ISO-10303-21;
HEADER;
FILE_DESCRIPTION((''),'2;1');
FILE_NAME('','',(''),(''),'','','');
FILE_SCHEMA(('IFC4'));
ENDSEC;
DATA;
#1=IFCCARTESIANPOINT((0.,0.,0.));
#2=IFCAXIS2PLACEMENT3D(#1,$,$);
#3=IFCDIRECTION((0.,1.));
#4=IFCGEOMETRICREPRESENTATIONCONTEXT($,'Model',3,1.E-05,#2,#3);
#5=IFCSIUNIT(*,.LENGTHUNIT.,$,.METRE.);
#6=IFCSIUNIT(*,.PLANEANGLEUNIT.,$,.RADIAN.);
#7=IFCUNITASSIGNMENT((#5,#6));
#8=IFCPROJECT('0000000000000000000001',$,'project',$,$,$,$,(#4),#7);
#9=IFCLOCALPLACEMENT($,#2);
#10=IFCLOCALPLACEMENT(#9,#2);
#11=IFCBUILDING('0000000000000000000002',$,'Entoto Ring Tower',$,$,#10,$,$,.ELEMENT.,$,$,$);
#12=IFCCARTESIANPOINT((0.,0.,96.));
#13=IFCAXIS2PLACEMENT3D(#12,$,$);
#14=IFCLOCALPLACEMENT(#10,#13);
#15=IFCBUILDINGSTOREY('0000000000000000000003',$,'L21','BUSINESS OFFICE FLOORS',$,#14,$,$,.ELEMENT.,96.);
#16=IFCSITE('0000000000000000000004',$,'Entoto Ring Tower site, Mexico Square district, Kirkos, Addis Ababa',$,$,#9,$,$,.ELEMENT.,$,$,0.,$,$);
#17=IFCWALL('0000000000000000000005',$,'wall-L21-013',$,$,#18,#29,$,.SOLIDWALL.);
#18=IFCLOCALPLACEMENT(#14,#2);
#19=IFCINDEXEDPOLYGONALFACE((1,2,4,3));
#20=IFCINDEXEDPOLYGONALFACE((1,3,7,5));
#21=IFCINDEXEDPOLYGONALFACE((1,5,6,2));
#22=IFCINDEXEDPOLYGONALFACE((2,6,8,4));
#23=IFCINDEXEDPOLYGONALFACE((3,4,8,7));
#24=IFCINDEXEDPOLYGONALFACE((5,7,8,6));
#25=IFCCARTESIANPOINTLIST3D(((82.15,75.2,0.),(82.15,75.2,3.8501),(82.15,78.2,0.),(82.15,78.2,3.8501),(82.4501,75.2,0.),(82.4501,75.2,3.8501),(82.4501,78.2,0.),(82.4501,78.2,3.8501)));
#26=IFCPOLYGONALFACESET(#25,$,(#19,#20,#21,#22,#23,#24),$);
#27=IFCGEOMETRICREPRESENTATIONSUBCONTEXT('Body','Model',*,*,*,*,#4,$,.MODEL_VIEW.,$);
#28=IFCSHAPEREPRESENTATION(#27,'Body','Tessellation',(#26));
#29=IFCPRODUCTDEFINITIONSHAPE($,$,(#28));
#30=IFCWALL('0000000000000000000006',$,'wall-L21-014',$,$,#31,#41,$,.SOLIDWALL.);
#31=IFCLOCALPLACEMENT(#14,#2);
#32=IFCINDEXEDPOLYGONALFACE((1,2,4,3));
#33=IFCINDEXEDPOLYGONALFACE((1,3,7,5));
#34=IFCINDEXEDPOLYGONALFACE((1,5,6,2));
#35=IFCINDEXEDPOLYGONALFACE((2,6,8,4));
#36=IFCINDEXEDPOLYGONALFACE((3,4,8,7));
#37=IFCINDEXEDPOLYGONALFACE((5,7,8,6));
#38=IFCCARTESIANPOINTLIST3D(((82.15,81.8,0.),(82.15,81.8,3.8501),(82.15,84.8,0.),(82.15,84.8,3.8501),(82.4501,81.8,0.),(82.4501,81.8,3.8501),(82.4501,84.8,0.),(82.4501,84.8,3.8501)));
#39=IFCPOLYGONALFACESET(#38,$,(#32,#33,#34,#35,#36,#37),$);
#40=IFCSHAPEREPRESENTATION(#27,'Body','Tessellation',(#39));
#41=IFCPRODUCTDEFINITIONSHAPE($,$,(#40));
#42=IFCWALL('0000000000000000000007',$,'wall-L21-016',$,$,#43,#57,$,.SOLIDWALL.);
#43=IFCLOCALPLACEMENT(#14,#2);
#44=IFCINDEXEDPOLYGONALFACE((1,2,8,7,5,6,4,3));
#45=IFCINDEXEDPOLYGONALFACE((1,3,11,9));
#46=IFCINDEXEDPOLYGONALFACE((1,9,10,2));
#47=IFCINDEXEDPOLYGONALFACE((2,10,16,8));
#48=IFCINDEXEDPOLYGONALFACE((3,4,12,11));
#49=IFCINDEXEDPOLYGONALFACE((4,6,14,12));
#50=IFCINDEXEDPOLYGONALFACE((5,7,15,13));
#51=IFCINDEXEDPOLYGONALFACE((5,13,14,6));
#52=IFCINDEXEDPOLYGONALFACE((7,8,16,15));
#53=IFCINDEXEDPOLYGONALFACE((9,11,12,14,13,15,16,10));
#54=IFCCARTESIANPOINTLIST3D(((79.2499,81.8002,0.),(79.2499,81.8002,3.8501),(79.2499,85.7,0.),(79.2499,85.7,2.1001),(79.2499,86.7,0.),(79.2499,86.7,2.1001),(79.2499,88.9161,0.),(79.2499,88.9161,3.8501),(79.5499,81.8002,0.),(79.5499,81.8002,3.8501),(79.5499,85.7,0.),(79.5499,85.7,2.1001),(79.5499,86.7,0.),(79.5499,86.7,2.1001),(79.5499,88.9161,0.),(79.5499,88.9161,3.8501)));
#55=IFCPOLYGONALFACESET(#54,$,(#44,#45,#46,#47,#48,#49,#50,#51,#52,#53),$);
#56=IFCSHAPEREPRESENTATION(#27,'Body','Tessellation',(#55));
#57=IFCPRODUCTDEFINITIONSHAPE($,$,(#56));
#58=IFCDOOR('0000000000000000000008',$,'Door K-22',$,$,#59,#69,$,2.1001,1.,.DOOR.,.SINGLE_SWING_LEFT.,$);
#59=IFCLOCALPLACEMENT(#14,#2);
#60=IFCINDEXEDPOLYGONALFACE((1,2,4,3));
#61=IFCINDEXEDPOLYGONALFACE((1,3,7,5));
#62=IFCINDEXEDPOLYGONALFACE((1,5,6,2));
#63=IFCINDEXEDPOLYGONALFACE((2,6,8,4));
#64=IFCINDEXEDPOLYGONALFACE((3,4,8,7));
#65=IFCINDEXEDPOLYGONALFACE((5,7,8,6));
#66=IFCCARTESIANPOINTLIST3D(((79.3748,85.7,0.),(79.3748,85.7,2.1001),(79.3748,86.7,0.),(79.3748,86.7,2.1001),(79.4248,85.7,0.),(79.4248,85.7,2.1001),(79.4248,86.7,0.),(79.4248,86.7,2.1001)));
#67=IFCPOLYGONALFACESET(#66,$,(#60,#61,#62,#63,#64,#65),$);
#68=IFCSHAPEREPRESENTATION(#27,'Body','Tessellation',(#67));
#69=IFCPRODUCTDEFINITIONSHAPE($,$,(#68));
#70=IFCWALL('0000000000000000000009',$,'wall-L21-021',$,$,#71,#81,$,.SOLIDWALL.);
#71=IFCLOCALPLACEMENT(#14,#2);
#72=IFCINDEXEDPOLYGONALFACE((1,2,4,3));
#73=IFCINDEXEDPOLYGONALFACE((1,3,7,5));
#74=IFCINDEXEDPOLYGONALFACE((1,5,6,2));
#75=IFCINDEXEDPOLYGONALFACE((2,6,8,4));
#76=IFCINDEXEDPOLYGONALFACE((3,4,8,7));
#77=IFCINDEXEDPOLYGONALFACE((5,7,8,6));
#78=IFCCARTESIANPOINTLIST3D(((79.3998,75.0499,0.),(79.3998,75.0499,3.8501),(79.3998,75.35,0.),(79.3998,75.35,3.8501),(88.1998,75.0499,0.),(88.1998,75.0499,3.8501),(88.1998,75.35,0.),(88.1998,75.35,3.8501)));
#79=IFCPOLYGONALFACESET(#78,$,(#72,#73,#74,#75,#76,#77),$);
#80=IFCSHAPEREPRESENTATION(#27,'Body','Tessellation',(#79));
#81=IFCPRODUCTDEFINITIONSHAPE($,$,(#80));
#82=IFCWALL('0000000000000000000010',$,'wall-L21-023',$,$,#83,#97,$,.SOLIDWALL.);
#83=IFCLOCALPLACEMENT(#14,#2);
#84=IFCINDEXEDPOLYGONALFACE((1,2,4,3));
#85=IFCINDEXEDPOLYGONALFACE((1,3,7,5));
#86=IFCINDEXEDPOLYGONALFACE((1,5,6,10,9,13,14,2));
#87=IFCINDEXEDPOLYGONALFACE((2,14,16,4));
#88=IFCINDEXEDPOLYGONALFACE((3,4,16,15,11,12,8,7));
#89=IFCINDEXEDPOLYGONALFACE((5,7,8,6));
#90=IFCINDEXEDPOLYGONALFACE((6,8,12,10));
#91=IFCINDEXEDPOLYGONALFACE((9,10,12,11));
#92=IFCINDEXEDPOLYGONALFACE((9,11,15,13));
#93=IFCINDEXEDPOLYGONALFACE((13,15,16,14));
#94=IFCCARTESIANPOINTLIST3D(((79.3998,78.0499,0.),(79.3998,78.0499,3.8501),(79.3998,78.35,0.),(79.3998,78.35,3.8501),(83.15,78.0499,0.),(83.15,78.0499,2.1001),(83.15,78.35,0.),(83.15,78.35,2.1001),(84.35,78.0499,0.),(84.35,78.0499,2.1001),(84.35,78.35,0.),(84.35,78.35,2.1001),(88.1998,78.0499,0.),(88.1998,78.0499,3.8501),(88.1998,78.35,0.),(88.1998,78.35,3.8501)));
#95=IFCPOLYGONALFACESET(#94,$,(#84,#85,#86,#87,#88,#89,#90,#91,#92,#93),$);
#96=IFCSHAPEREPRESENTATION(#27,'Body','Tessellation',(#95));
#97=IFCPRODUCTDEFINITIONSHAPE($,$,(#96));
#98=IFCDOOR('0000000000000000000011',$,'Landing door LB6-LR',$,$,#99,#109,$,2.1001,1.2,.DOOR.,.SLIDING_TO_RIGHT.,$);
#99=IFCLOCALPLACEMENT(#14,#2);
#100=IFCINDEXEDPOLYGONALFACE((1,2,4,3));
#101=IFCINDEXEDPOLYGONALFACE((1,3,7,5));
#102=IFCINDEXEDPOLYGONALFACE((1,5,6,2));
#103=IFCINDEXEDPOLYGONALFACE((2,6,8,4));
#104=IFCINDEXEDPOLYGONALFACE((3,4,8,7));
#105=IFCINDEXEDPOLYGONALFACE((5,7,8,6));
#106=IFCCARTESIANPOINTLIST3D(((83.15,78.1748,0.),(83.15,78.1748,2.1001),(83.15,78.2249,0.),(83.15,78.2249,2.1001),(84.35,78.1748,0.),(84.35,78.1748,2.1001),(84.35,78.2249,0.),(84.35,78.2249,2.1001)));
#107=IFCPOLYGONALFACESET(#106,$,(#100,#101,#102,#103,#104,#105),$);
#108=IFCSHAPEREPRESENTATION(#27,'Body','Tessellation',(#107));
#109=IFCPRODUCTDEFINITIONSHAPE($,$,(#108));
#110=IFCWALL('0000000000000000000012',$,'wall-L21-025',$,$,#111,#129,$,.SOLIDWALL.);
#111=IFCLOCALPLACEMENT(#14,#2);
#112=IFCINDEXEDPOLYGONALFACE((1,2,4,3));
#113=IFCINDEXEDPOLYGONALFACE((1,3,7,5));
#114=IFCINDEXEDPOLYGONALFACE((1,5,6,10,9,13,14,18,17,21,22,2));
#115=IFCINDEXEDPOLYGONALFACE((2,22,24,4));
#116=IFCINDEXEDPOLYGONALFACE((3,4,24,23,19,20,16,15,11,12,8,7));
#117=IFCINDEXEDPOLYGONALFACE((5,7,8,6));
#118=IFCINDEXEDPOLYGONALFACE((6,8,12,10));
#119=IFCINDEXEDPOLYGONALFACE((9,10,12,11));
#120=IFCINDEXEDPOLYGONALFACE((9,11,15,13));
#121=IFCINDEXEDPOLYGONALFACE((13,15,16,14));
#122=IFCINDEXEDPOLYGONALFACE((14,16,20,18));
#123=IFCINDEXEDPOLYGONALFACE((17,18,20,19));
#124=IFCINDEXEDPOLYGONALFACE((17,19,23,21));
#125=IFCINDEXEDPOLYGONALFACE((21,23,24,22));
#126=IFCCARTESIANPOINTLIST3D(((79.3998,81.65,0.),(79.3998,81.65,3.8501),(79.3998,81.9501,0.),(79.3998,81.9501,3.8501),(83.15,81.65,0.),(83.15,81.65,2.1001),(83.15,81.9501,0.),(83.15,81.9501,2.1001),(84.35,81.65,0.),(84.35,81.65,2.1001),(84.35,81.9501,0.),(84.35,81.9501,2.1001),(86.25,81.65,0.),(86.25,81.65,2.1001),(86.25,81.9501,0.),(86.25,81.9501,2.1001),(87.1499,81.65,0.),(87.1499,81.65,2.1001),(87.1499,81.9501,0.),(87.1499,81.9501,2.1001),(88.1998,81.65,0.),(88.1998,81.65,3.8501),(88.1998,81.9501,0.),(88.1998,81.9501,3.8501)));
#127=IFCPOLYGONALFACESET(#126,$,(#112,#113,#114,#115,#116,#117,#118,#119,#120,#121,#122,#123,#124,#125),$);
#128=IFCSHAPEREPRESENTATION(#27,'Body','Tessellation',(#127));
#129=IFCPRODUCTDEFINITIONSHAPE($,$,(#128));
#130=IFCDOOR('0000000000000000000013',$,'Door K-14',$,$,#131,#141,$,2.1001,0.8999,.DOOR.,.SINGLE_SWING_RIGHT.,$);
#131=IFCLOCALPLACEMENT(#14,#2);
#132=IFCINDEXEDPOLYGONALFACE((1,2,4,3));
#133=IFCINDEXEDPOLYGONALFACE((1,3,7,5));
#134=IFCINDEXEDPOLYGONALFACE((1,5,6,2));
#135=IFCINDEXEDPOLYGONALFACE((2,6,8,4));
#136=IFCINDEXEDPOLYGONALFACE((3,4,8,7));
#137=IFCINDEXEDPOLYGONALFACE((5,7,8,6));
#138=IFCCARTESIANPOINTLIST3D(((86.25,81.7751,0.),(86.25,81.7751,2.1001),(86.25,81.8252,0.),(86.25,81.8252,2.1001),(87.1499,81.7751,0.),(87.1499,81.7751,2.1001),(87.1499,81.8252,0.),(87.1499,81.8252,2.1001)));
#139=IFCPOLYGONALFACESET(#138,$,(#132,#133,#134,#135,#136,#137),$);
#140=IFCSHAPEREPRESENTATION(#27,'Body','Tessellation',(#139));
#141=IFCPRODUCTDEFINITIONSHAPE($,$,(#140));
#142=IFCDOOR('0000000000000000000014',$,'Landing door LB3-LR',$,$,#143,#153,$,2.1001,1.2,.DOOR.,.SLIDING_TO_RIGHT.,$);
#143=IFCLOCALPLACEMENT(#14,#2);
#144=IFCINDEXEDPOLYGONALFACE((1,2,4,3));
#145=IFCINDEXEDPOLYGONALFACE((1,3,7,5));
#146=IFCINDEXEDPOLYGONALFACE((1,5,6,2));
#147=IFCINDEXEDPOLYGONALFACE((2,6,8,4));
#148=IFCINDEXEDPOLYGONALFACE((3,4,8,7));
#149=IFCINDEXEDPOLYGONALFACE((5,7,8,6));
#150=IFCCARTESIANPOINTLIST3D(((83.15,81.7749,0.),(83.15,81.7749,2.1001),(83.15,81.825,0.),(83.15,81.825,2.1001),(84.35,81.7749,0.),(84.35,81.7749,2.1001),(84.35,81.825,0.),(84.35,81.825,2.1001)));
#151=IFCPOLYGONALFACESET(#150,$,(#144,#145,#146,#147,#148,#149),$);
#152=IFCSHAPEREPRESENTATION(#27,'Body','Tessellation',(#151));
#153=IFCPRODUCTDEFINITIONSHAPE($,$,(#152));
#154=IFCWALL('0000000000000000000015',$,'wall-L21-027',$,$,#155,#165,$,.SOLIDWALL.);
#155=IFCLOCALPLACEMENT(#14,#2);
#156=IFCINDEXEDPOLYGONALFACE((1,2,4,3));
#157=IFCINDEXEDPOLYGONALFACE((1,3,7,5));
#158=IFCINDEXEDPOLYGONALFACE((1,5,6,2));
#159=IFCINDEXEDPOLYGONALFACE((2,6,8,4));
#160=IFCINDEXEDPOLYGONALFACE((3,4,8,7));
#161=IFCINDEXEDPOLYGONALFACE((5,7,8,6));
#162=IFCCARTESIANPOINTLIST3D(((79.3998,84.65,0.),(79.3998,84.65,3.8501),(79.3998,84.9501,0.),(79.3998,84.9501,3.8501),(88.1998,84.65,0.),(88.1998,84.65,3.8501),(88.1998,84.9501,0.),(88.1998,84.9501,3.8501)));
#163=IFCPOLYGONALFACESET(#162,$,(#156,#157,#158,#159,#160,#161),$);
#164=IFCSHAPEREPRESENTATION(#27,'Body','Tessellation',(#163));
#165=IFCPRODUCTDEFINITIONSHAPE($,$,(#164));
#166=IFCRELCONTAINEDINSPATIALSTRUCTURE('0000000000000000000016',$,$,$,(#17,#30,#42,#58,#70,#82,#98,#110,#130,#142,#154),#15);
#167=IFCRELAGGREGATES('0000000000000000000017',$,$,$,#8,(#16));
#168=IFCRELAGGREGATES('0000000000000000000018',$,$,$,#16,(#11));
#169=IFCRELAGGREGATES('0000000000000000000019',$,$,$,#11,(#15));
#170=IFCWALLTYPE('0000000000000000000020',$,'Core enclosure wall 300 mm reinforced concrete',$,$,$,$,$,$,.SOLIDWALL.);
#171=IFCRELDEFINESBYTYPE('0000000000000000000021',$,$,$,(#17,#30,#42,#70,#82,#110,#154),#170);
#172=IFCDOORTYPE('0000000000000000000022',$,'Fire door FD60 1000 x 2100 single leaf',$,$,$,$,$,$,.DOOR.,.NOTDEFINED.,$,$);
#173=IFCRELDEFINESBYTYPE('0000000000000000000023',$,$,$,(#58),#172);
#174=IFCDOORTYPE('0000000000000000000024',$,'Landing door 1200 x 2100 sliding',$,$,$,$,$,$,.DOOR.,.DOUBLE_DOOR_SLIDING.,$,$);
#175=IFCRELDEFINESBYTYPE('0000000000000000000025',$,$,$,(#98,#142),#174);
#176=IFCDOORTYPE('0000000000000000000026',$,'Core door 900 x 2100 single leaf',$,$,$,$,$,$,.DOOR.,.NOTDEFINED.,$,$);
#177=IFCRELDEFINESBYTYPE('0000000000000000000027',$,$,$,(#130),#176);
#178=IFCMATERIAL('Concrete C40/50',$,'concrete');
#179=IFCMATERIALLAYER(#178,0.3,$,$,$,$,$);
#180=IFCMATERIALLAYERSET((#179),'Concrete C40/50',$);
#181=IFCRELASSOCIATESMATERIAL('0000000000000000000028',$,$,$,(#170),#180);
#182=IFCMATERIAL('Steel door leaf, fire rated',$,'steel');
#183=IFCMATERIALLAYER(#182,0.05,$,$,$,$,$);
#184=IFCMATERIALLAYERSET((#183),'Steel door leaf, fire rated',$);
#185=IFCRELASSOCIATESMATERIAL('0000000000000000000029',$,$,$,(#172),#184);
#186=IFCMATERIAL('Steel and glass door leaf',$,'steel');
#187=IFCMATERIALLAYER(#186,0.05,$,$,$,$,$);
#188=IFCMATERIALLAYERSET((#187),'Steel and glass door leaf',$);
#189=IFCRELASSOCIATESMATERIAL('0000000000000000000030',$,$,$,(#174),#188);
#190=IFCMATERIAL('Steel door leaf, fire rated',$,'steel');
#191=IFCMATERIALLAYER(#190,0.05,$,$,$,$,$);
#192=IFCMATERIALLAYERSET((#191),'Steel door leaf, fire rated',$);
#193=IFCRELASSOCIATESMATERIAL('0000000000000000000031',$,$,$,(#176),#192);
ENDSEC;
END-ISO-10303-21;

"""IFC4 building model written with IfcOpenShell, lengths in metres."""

from ifc_helpers import new_model, si_unit, direction, frame, frame_2d, origin, place, context, subcontext, project, spatial, rectangle, extrude, material, layer, layer_set, type_object, element, fill, save


model = new_model("IFC4")

# Units and contexts
model_context = context("Model", 3, precision=1e-05, world=origin(), true_north=direction((0.0, 1.0)))
body_context = subcontext(model_context, "Body", "Model", "MODEL_VIEW")
ifc_project = project(units=[si_unit("LENGTHUNIT", "METRE"), si_unit("PLANEANGLEUNIT", "RADIAN")], contexts=[model_context])

# Site, building, storey
site_placement = place(None, origin())
site = spatial("IfcSite", under=ifc_project, at=site_placement, Name="Entoto Ring Tower site, Mexico Square district, Kirkos, Addis Ababa", CompositionType="ELEMENT", RefElevation=0.0)
building_placement = place(site_placement, origin())
building = spatial("IfcBuilding", under=site, at=building_placement, Name="Entoto Ring Tower", CompositionType="ELEMENT")
storey_placement = place(building_placement, frame((0.0, 0.0, 96.0)))
storey = spatial("IfcBuildingStorey", under=building, at=storey_placement, Name="L21", Description="BUSINESS OFFICE FLOORS", CompositionType="ELEMENT", Elevation=96.0)

# Walls
ifc_material_1 = material(Name="Concrete C40/50", Category="concrete")
ifc_layer_1 = layer(ifc_material_1, 0.3)
ifc_layer_set_1 = layer_set([ifc_layer_1], Name="Concrete C40/50")
wall_type_1 = type_object("IfcWallType", Name="Core enclosure wall 300 mm reinforced concrete", PredefinedType="SOLIDWALL", material=ifc_layer_set_1)
for number, where, z_axis, x_axis, name in (
    (1, (82.3, 75.2, 0.0), (0.0, 0.0, 1.0), (0.0, 1.0, 0.0), "wall-L21-013"),
    (2, (82.3, 81.8, 0.0), (0.0, 0.0, 1.0), (0.0, 1.0, 0.0), "wall-L21-014"),
):
    element("IfcWall", number, at=place(storey_placement, frame(where, z_axis=z_axis, x_axis=x_axis)), inside=storey, type_object=wall_type_1, Name=name, PredefinedType="SOLIDWALL", context=body_context, shape_type="SweptSolid", body=[
        extrude(rectangle(XDim=3.0, YDim=0.3, at=frame_2d((1.5, 0.0))), origin(), (0.0, 0.0, 1.0), 3.8501),
    ])

# Wall, opening, door
wall_1_placement = place(storey_placement, frame((79.3999, 81.8, 0.0), z_axis=(0.0, 0.0, 1.0), x_axis=(0.0, 1.0, 0.0)))
wall_1 = element("IfcWall", 3, at=wall_1_placement, inside=storey, type_object=wall_type_1, Name="wall-L21-016", PredefinedType="SOLIDWALL", context=body_context, shape_type="SweptSolid", body=[
    extrude(rectangle(XDim=7.116, YDim=0.3, at=frame_2d((3.5581, 0.0))), origin(), (0.0, 0.0, 1.0), 3.8501),
])
opening_1_placement = place(wall_1_placement, frame((3.8999, 0.0, 0.0)))
opening_1 = element("IfcOpeningElement", 4, at=opening_1_placement, cuts=wall_1, PredefinedType="OPENING", context=body_context, shape_type="SweptSolid", body=[
    extrude(rectangle(XDim=1.0, YDim=2.1001, at=frame_2d((0.5, 1.05))), frame((0.0, 0.1602, 0.0), z_axis=(0.0, -1.0, 0.0), x_axis=(1.0, 0.0, 0.0)), (0.0, 0.0, 1.0), 0.3201),
])
ifc_material_2 = material(Name="Steel door leaf, fire rated", Category="steel")
ifc_layer_2 = layer(ifc_material_2, 0.05)
ifc_layer_set_2 = layer_set([ifc_layer_2], Name="Steel door leaf, fire rated")
door_type_1 = type_object("IfcDoorType", Name="Fire door FD60 1000 x 2100 single leaf", OperationType="NOTDEFINED", PredefinedType="DOOR", material=ifc_layer_set_2)
door_1_placement = place(opening_1_placement, frame((1.0, 0.0, 0.0), z_axis=(0.0, 0.0, 1.0), x_axis=(-1.0, 0.0, 0.0)))
door_1 = element("IfcDoor", 5, at=door_1_placement, inside=storey, type_object=door_type_1, Name="Door K-22", OperationType="SINGLE_SWING_LEFT", OverallHeight=2.1001, OverallWidth=1.0, PredefinedType="DOOR", context=body_context, shape_type="SweptSolid", body=[
    extrude(rectangle(XDim=1.0, YDim=2.1001, at=frame_2d((0.5, 1.05))), frame((0.0, 0.0249, 0.0), z_axis=(0.0, -1.0, 0.0), x_axis=(1.0, 0.0, 0.0)), (0.0, 0.0, 1.0), 0.05),
])
fill(opening_1, door_1)

# Wall
wall_2_placement = place(storey_placement, frame((79.3999, 75.2, 0.0), z_axis=(0.0, 0.0, 1.0), x_axis=(1.0, 0.0, 0.0)))
element("IfcWall", 6, at=wall_2_placement, inside=storey, type_object=wall_type_1, Name="wall-L21-021", PredefinedType="SOLIDWALL", context=body_context, shape_type="SweptSolid", body=[
    extrude(rectangle(XDim=8.8, YDim=0.3, at=frame_2d((4.3999, 0.0))), origin(), (0.0, 0.0, 1.0), 3.8501),
])

# Wall, opening, door
wall_3_placement = place(storey_placement, frame((79.3999, 78.2, 0.0), z_axis=(0.0, 0.0, 1.0), x_axis=(1.0, 0.0, 0.0)))
wall_3 = element("IfcWall", 7, at=wall_3_placement, inside=storey, type_object=wall_type_1, Name="wall-L21-023", PredefinedType="SOLIDWALL", context=body_context, shape_type="SweptSolid", body=[
    extrude(rectangle(XDim=8.8, YDim=0.3, at=frame_2d((4.3999, 0.0))), origin(), (0.0, 0.0, 1.0), 3.8501),
])
opening_2_placement = place(wall_3_placement, frame((3.75, 0.0, 0.0)))
opening_2 = element("IfcOpeningElement", 8, at=opening_2_placement, cuts=wall_3, PredefinedType="OPENING", context=body_context, shape_type="SweptSolid", body=[
    extrude(rectangle(XDim=1.2, YDim=2.1001, at=frame_2d((0.6001, 1.05))), frame((0.0, 0.1602, 0.0), z_axis=(0.0, -1.0, 0.0), x_axis=(1.0, 0.0, 0.0)), (0.0, 0.0, 1.0), 0.3201),
])
ifc_material_3 = material(Name="Steel and glass door leaf", Category="steel")
ifc_layer_3 = layer(ifc_material_3, 0.05)
ifc_layer_set_3 = layer_set([ifc_layer_3], Name="Steel and glass door leaf")
door_type_2 = type_object("IfcDoorType", Name="Landing door 1200 x 2100 sliding", OperationType="DOUBLE_DOOR_SLIDING", PredefinedType="DOOR", material=ifc_layer_set_3)
door_2_placement = place(opening_2_placement, origin())
door_2 = element("IfcDoor", 9, at=door_2_placement, inside=storey, type_object=door_type_2, Name="Landing door LB6-LR", OperationType="SLIDING_TO_RIGHT", OverallHeight=2.1001, OverallWidth=1.2, PredefinedType="DOOR", context=body_context, shape_type="SweptSolid", body=[
    extrude(rectangle(XDim=1.2, YDim=2.1001, at=frame_2d((0.6001, 1.05))), frame((0.0, 0.0249, 0.0), z_axis=(0.0, -1.0, 0.0), x_axis=(1.0, 0.0, 0.0)), (0.0, 0.0, 1.0), 0.05),
])
fill(opening_2, door_2)

# Wall, openings, doors
wall_4_placement = place(storey_placement, frame((79.3999, 81.8, 0.0), z_axis=(0.0, 0.0, 1.0), x_axis=(1.0, 0.0, 0.0)))
wall_4 = element("IfcWall", 10, at=wall_4_placement, inside=storey, type_object=wall_type_1, Name="wall-L21-025", PredefinedType="SOLIDWALL", context=body_context, shape_type="SweptSolid", body=[
    extrude(rectangle(XDim=8.8, YDim=0.3, at=frame_2d((4.3999, 0.0))), origin(), (0.0, 0.0, 1.0), 3.8501),
])
opening_3_placement = place(wall_4_placement, frame((3.75, 0.0, 0.0)))
opening_3 = element("IfcOpeningElement", 11, at=opening_3_placement, cuts=wall_4, PredefinedType="OPENING", context=body_context, shape_type="SweptSolid", body=[
    extrude(rectangle(XDim=1.2, YDim=2.1001, at=frame_2d((0.6001, 1.05))), frame((0.0, 0.1602, 0.0), z_axis=(0.0, -1.0, 0.0), x_axis=(1.0, 0.0, 0.0)), (0.0, 0.0, 1.0), 0.3201),
])
opening_4_placement = place(wall_4_placement, frame((6.8501, 0.0, 0.0)))
opening_4 = element("IfcOpeningElement", 12, at=opening_4_placement, cuts=wall_4, PredefinedType="OPENING", context=body_context, shape_type="SweptSolid", body=[
    extrude(rectangle(XDim=0.8999, YDim=2.1001, at=frame_2d((0.45, 1.05))), frame((0.0, 0.1602, 0.0), z_axis=(0.0, -1.0, 0.0), x_axis=(1.0, 0.0, 0.0)), (0.0, 0.0, 1.0), 0.3201),
])
ifc_material_4 = material(Name="Steel door leaf, fire rated", Category="steel")
ifc_layer_4 = layer(ifc_material_4, 0.05)
ifc_layer_set_4 = layer_set([ifc_layer_4], Name="Steel door leaf, fire rated")
door_type_3 = type_object("IfcDoorType", Name="Core door 900 x 2100 single leaf", OperationType="NOTDEFINED", PredefinedType="DOOR", material=ifc_layer_set_4)
door_3_placement = place(opening_4_placement, frame((0.8999, 0.0, 0.0), z_axis=(0.0, 0.0, 1.0), x_axis=(-1.0, 0.0, 0.0)))
door_3 = element("IfcDoor", 13, at=door_3_placement, inside=storey, type_object=door_type_3, Name="Door K-14", OperationType="SINGLE_SWING_RIGHT", OverallHeight=2.1001, OverallWidth=0.8999, PredefinedType="DOOR", context=body_context, shape_type="SweptSolid", body=[
    extrude(rectangle(XDim=0.8999, YDim=2.1001, at=frame_2d((0.45, 1.05))), frame((0.0, 0.0249, 0.0), z_axis=(0.0, -1.0, 0.0), x_axis=(1.0, 0.0, 0.0)), (0.0, 0.0, 1.0), 0.05),
])
fill(opening_4, door_3)
door_4_placement = place(opening_3_placement, origin())
door_4 = element("IfcDoor", 14, at=door_4_placement, inside=storey, type_object=door_type_2, Name="Landing door LB3-LR", OperationType="SLIDING_TO_RIGHT", OverallHeight=2.1001, OverallWidth=1.2, PredefinedType="DOOR", context=body_context, shape_type="SweptSolid", body=[
    extrude(rectangle(XDim=1.2, YDim=2.1001, at=frame_2d((0.6001, 1.05))), frame((0.0, 0.0249, 0.0), z_axis=(0.0, -1.0, 0.0), x_axis=(1.0, 0.0, 0.0)), (0.0, 0.0, 1.0), 0.05),
])
fill(opening_3, door_4)

# Wall
wall_5_placement = place(storey_placement, frame((79.3999, 84.8, 0.0), z_axis=(0.0, 0.0, 1.0), x_axis=(1.0, 0.0, 0.0)))
element("IfcWall", 15, at=wall_5_placement, inside=storey, type_object=wall_type_1, Name="wall-L21-027", PredefinedType="SOLIDWALL", context=body_context, shape_type="SweptSolid", body=[
    extrude(rectangle(XDim=8.8, YDim=0.3, at=frame_2d((4.3999, 0.0))), origin(), (0.0, 0.0, 1.0), 3.8501),
])

save(model, "model.ifc")
